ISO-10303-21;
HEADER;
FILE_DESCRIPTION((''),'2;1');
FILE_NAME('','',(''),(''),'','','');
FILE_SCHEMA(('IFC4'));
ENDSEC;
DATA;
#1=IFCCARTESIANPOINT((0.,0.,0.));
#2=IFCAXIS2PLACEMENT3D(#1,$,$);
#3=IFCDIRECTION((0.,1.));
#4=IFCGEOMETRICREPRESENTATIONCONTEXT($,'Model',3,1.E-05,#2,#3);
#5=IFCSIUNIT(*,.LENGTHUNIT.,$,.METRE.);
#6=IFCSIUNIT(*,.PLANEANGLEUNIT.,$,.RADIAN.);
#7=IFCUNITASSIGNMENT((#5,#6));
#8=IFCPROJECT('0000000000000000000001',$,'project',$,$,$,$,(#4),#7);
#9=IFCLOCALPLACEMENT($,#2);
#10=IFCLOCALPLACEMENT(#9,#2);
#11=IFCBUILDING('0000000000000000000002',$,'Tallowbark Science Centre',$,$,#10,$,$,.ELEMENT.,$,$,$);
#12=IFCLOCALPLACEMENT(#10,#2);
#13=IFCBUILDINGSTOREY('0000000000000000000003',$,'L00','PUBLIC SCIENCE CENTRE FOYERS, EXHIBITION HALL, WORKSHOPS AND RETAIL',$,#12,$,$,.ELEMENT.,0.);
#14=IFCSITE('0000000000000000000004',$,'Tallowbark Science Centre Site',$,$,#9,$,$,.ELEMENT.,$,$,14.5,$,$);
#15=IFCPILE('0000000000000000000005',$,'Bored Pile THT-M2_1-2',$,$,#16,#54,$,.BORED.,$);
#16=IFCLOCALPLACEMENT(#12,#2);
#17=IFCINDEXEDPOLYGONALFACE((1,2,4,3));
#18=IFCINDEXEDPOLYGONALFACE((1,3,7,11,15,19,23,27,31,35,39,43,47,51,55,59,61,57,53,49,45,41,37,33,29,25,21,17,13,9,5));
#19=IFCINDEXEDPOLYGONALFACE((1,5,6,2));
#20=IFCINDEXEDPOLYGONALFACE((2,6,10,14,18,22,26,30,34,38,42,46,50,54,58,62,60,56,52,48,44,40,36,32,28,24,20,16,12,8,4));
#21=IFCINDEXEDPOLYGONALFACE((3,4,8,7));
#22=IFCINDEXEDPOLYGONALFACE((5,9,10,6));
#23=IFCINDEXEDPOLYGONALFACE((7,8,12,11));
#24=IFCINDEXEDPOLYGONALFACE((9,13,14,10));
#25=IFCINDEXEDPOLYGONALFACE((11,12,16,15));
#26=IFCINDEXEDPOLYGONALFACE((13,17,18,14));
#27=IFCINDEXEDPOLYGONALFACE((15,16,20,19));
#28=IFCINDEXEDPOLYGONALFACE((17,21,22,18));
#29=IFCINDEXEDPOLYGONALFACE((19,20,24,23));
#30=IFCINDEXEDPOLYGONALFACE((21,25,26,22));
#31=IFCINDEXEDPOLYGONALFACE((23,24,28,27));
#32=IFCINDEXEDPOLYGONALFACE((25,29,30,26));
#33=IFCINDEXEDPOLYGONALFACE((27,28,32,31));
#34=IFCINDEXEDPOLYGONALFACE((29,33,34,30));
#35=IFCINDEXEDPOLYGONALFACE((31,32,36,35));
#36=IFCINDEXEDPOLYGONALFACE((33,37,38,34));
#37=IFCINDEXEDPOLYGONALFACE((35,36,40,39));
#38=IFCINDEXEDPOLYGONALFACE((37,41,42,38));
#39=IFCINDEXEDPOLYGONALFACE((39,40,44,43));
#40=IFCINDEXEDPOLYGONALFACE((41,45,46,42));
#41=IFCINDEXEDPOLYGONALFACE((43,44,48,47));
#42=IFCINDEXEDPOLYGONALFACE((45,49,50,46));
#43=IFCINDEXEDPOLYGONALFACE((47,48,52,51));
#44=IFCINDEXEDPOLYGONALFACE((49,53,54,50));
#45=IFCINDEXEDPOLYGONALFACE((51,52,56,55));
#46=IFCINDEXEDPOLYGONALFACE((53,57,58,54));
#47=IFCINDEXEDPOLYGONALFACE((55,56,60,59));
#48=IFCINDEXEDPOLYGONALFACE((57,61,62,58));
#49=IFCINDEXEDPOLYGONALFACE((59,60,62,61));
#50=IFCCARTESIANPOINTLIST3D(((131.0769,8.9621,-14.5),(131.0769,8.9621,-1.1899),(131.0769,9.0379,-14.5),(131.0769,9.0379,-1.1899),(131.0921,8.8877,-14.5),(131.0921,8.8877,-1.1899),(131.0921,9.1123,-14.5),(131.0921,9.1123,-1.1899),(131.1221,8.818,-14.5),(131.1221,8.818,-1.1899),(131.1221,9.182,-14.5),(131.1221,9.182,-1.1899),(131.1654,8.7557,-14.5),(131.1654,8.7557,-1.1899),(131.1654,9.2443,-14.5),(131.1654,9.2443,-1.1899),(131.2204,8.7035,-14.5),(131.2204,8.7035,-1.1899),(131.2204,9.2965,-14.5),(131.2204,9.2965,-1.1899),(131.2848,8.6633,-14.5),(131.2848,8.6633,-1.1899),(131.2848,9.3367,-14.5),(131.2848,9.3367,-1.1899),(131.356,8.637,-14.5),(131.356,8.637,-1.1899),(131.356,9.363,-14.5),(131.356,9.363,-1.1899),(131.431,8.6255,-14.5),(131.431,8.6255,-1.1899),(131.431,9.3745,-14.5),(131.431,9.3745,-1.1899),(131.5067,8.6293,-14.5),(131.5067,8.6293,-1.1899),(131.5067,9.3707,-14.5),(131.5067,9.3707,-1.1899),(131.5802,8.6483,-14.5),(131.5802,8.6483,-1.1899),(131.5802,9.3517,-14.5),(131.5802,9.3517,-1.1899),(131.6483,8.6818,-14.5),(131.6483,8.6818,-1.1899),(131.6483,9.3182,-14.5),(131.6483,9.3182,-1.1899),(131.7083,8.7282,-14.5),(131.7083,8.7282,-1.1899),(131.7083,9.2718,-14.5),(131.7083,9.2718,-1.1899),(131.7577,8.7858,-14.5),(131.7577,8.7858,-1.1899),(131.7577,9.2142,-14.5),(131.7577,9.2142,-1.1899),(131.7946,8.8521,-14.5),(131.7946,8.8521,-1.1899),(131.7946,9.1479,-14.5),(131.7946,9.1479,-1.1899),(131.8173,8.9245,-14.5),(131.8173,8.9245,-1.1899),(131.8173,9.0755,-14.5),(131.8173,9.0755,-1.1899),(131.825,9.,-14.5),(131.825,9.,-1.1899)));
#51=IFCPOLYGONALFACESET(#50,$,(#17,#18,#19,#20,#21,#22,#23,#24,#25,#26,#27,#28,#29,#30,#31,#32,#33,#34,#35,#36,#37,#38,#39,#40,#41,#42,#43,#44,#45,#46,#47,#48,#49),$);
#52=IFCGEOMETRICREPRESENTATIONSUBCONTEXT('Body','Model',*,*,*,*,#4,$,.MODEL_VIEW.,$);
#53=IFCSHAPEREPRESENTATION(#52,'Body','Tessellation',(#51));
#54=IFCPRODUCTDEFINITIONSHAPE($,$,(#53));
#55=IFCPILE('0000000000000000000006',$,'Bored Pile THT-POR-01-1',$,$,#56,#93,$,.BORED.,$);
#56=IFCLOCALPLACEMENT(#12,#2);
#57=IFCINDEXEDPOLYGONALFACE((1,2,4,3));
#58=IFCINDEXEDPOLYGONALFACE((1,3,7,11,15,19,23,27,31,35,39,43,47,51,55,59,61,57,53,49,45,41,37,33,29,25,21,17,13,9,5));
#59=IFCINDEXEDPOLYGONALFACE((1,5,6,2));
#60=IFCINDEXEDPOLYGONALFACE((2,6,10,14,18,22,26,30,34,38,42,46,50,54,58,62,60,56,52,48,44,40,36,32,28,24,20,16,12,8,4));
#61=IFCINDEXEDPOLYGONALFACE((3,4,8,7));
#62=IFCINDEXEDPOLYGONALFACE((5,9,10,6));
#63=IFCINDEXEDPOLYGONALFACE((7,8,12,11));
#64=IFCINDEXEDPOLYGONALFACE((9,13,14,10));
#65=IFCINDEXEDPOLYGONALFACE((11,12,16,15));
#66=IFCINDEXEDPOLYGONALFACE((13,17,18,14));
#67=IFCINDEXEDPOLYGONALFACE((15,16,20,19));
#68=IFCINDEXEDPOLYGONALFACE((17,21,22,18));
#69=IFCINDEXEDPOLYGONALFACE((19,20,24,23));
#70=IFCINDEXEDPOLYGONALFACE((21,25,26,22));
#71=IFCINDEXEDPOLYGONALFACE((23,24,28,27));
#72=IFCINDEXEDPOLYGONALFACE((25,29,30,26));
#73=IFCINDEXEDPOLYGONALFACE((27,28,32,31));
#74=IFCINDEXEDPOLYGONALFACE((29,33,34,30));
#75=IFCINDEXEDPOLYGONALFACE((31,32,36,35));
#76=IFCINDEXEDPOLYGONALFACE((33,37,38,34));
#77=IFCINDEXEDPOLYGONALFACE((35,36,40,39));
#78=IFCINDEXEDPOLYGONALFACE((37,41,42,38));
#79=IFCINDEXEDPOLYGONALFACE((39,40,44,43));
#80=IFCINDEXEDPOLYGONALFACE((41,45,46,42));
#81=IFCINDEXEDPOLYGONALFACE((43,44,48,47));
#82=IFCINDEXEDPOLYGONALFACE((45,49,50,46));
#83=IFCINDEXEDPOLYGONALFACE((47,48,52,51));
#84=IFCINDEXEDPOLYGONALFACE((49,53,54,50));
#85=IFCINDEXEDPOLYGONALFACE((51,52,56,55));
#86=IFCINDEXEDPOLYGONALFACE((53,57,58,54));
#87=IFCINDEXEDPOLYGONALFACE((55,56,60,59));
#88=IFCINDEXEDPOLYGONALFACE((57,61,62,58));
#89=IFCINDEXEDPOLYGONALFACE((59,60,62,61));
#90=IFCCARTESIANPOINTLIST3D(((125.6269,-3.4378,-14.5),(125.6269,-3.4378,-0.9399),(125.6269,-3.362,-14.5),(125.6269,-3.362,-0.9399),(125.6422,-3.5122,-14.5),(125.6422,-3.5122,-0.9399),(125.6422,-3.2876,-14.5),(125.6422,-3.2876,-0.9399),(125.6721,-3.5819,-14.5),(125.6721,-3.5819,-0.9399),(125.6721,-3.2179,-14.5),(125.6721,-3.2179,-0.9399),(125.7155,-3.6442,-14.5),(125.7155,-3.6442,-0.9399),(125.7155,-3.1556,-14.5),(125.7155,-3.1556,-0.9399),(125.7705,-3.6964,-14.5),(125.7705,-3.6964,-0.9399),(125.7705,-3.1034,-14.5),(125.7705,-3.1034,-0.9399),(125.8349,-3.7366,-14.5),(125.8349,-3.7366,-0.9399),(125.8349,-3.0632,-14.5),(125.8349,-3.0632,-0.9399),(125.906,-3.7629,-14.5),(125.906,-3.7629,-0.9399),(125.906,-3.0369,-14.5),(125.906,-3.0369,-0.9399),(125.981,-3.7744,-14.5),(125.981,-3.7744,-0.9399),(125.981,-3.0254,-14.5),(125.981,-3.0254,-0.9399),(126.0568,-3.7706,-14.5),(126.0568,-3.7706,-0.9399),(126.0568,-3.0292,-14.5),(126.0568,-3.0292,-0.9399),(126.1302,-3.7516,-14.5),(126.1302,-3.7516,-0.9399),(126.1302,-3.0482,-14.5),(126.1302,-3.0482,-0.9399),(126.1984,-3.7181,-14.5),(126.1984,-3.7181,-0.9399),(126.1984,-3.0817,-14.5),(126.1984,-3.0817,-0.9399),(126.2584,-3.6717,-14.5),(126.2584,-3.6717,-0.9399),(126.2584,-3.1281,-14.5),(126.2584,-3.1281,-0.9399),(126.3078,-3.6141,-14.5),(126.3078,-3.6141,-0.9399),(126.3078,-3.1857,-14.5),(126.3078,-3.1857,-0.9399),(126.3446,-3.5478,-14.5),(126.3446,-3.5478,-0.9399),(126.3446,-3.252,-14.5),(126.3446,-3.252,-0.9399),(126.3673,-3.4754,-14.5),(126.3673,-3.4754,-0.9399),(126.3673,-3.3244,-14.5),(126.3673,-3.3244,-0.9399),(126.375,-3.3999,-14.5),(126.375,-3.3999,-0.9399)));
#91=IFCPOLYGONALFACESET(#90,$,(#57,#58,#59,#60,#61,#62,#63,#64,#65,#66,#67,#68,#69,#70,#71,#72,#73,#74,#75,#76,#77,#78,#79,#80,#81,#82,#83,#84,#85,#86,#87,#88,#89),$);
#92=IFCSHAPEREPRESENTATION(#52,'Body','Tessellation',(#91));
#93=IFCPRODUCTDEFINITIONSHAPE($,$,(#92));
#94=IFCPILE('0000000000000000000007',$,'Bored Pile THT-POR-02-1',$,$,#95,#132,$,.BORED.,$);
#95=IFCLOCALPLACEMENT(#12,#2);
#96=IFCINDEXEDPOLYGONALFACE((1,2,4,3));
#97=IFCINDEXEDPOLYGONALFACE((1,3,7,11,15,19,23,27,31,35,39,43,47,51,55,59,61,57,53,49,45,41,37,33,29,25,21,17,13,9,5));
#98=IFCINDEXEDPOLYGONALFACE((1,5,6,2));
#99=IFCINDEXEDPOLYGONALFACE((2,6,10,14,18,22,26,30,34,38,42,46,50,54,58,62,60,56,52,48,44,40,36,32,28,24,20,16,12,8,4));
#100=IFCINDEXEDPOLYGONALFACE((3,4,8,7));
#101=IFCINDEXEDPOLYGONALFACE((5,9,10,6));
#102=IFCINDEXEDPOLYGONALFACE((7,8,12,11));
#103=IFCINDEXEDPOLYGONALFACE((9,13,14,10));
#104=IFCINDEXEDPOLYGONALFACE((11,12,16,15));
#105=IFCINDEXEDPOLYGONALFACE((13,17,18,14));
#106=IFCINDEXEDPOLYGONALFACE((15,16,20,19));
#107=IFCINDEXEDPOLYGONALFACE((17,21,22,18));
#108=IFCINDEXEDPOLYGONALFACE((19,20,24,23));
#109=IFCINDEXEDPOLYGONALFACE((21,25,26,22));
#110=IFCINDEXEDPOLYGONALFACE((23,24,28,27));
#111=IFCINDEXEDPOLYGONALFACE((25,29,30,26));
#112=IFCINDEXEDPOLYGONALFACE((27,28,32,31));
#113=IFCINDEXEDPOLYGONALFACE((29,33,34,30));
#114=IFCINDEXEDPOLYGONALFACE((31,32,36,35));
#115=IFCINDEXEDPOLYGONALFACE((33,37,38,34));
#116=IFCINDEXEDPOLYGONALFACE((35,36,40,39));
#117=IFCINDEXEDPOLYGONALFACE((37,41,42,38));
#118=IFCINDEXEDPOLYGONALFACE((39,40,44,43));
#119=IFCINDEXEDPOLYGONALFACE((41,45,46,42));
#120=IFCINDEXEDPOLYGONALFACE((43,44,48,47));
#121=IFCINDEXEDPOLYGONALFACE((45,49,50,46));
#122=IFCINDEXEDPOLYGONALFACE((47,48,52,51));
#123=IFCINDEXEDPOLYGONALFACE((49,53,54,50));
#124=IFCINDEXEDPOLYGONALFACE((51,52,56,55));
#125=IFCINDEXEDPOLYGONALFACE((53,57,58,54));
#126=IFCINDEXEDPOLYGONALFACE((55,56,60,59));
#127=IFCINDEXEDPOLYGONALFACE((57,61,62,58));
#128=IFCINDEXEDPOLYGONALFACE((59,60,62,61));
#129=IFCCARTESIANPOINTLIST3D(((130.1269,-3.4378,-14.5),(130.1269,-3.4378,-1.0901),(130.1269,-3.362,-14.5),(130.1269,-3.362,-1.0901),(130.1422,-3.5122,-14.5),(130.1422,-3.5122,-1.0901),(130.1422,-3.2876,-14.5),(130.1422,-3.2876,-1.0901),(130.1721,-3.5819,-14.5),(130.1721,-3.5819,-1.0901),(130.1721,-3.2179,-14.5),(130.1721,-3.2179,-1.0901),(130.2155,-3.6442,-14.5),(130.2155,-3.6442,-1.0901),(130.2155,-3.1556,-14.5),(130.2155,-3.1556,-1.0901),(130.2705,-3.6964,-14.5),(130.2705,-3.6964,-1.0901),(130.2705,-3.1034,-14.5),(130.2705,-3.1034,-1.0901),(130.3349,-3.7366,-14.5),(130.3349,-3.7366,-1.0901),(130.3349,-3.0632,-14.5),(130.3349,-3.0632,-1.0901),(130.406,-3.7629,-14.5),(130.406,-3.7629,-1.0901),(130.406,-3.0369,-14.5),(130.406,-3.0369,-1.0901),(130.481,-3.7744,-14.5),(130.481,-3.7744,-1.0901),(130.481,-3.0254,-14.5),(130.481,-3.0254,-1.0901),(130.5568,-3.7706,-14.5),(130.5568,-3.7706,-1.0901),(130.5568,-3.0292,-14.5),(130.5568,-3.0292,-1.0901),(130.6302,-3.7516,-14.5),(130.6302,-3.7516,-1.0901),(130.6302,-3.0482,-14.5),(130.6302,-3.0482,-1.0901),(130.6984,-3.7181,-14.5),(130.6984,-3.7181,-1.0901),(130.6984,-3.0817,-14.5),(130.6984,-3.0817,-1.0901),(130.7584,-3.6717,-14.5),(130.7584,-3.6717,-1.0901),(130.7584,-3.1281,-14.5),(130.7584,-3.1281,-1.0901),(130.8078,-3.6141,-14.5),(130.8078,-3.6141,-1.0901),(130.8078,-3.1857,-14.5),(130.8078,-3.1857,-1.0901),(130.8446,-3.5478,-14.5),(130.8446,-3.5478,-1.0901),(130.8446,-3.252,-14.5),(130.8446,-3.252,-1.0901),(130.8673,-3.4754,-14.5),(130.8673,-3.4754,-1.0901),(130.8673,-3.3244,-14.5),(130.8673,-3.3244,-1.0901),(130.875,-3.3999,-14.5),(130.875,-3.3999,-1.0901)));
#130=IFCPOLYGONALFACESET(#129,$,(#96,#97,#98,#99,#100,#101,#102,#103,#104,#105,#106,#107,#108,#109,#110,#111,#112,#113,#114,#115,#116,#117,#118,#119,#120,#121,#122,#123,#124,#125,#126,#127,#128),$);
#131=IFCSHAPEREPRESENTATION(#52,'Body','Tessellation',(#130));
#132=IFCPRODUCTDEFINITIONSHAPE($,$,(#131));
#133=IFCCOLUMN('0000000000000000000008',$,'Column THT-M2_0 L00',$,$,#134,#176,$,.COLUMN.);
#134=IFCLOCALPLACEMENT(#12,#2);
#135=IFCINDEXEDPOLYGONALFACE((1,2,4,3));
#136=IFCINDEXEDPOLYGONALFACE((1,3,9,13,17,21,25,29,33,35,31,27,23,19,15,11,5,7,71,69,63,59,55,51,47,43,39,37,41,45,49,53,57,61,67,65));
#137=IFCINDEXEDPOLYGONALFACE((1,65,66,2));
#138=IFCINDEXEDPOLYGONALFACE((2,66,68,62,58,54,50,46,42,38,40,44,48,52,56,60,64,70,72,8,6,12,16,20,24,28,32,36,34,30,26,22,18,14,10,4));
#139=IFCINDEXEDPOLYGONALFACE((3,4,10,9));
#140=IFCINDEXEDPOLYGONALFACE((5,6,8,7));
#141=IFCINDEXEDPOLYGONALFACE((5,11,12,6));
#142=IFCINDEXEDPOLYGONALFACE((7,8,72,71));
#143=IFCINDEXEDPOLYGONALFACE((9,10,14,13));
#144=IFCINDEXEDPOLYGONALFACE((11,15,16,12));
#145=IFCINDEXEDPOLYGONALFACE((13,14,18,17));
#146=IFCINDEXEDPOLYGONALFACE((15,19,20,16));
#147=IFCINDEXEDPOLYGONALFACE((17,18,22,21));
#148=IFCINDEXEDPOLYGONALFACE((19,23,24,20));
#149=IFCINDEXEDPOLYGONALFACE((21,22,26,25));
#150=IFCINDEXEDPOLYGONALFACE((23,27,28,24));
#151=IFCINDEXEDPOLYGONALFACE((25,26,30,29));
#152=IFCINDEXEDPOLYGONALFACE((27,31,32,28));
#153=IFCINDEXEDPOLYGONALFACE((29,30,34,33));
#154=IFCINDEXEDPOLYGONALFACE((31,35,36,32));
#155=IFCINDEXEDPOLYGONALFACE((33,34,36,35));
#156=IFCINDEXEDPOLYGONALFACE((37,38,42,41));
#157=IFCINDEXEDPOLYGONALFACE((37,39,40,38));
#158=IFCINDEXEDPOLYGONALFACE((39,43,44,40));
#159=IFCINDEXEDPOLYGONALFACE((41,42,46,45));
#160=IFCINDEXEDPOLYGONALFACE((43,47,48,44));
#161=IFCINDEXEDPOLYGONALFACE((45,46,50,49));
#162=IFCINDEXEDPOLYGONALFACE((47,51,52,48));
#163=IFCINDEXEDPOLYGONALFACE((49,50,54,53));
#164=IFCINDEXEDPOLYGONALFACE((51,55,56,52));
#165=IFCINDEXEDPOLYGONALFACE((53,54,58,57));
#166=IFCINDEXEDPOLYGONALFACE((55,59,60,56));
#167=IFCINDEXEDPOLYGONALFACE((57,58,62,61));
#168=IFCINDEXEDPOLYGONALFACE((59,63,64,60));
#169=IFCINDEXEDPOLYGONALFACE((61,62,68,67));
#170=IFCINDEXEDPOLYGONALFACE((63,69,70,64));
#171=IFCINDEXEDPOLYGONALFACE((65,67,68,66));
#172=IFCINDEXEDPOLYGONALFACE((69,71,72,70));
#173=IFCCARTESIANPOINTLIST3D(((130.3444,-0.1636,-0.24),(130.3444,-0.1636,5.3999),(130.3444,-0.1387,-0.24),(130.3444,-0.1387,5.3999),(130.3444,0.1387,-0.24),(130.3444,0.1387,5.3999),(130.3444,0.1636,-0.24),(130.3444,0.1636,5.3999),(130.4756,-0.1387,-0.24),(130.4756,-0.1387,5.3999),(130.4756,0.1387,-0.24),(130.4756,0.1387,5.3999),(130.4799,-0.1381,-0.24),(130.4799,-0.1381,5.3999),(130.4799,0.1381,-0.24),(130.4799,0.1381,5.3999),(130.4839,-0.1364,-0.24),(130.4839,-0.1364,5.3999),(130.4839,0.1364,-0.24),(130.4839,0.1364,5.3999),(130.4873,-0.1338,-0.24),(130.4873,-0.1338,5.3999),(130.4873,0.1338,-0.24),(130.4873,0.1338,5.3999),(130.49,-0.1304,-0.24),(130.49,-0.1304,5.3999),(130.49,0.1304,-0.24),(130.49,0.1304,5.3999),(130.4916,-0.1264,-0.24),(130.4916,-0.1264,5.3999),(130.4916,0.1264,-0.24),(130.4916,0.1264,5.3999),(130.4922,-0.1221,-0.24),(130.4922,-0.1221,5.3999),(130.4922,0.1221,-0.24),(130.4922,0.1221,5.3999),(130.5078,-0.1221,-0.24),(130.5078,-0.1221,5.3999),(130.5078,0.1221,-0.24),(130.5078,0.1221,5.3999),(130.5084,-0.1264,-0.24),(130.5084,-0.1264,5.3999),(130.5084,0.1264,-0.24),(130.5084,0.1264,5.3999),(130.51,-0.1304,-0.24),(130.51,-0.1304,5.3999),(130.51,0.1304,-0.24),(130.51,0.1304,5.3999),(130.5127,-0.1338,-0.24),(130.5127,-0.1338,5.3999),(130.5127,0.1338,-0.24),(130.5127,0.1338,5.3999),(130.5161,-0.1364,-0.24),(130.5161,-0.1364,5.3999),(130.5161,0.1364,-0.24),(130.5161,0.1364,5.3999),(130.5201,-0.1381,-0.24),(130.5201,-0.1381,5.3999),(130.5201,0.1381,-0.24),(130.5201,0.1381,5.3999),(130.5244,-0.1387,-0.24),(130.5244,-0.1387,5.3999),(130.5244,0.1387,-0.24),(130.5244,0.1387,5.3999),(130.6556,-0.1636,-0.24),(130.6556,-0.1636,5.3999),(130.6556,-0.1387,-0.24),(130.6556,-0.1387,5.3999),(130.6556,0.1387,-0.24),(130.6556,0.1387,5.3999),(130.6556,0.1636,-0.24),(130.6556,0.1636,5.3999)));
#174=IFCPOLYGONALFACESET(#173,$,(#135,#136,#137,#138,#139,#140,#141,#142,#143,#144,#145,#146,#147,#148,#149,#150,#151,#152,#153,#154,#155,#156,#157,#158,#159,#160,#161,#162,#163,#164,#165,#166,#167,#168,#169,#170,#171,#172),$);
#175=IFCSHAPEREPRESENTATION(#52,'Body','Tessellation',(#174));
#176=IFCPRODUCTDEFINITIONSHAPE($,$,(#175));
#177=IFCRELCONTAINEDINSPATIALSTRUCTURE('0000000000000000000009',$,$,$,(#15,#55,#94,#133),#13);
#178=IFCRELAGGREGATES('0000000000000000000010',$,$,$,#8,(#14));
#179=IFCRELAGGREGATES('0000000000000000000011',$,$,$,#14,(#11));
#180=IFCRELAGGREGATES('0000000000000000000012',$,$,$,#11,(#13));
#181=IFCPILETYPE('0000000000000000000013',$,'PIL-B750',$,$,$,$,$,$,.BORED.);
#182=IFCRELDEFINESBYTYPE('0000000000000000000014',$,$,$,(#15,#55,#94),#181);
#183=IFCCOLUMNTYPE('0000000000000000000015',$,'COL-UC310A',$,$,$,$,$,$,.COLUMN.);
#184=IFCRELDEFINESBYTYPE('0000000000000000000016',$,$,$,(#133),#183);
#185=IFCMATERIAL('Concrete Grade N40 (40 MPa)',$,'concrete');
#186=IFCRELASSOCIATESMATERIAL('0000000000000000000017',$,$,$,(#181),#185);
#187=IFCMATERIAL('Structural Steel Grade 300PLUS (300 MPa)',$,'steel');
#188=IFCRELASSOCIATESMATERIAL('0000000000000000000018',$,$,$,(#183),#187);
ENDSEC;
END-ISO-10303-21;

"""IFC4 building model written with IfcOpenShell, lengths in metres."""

from ifc_helpers import new_model, si_unit, direction, frame, origin, origin_2d, place, context, subcontext, project, spatial, circle, i_section, extrude, material, material_profile, profile_set, type_object, element, save


model = new_model("IFC4")

# Units and contexts
model_context = context("Model", 3, precision=1e-05, world=origin(), true_north=direction((0.0, 1.0)))
body_context = subcontext(model_context, "Body", "Model", "MODEL_VIEW")
ifc_project = project(units=[si_unit("LENGTHUNIT", "METRE"), si_unit("PLANEANGLEUNIT", "RADIAN")], contexts=[model_context])

# Site, building, storey
site_placement = place(None, origin())
site = spatial("IfcSite", under=ifc_project, at=site_placement, Name="Tallowbark Science Centre Site", CompositionType="ELEMENT", RefElevation=14.5)
building_placement = place(site_placement, origin())
building = spatial("IfcBuilding", under=site, at=building_placement, Name="Tallowbark Science Centre", CompositionType="ELEMENT")
storey_placement = place(building_placement, origin())
storey = spatial("IfcBuildingStorey", under=building, at=storey_placement, Name="L00", Description="PUBLIC SCIENCE CENTRE FOYERS, EXHIBITION HALL, WORKSHOPS AND RETAIL", CompositionType="ELEMENT", Elevation=0.0)

# Shared definitions
ifc_material_1 = material(Name="Concrete Grade N40 (40 MPa)", Category="concrete")

# Piles
ifc_material_profile_1 = material_profile(ifc_material_1, circle(Radius=0.375, at=origin_2d()), Name="PILE750")
ifc_profile_set_1 = profile_set([ifc_material_profile_1], Name="Concrete Grade N40 (40 MPa)")
pile_type = type_object("IfcPileType", Name="PIL-B750", PredefinedType="BORED", material=ifc_profile_set_1)
for number, where, z_axis, x_axis, name in (
    (1, (131.45, 9.0, -1.1899), (0.0, 0.0, -1.0), (1.0, 0.0, 0.0), "Bored Pile THT-M2_1-2"),
):
    element("IfcPile", number, at=place(storey_placement, frame(where, z_axis=z_axis, x_axis=x_axis)), inside=storey, type_object=pile_type, Name=name, PredefinedType="BORED", context=body_context, shape_type="SweptSolid", body=[
        extrude(circle(Radius=0.375, at=origin_2d()), origin(), (0.0, 0.0, 1.0), 13.3101),
    ])
pile_1_placement = place(storey_placement, frame((126.0, -3.3999, -0.9399), z_axis=(0.0, 0.0, -1.0), x_axis=(1.0, 0.0, 0.0)))
element("IfcPile", 2, at=pile_1_placement, inside=storey, type_object=pile_type, Name="Bored Pile THT-POR-01-1", PredefinedType="BORED", context=body_context, shape_type="SweptSolid", body=[
    extrude(circle(Radius=0.375, at=origin_2d()), origin(), (0.0, 0.0, 1.0), 13.5601),
])
pile_2_placement = place(storey_placement, frame((130.5, -3.3999, -1.0901), z_axis=(0.0, 0.0, -1.0), x_axis=(1.0, 0.0, 0.0)))
element("IfcPile", 3, at=pile_2_placement, inside=storey, type_object=pile_type, Name="Bored Pile THT-POR-02-1", PredefinedType="BORED", context=body_context, shape_type="SweptSolid", body=[
    extrude(circle(Radius=0.375, at=origin_2d()), origin(), (0.0, 0.0, 1.0), 13.4099),
])

# Column
ifc_material_2 = material(Name="Structural Steel Grade 300PLUS (300 MPa)", Category="steel")
ifc_material_profile_2 = material_profile(ifc_material_2, i_section(OverallWidth=0.3113, OverallDepth=0.3271, WebThickness=0.0156, FlangeThickness=0.0249, FilletRadius=0.0166, at=origin_2d()), Name="310UC158")
ifc_profile_set_2 = profile_set([ifc_material_profile_2], Name="Structural Steel Grade 300PLUS (300 MPa)")
column_type_1 = type_object("IfcColumnType", Name="COL-UC310A", PredefinedType="COLUMN", material=ifc_profile_set_2)
for number, where, z_axis, x_axis, name in (
    (4, (130.5, 0.0, -0.24), (0.0, 0.0, 1.0), (1.0, 0.0, 0.0), "Column THT-M2_0 L00"),
):
    element("IfcColumn", number, at=place(storey_placement, frame(where, z_axis=z_axis, x_axis=x_axis)), inside=storey, type_object=column_type_1, Name=name, PredefinedType="COLUMN", context=body_context, shape_type="SweptSolid", body=[
        extrude(i_section(OverallWidth=0.3113, OverallDepth=0.3271, WebThickness=0.0156, FlangeThickness=0.0249, FilletRadius=0.0166, at=origin_2d()), origin(), (0.0, 0.0, 1.0), 5.6399),
    ])

save(model, "model.ifc")
